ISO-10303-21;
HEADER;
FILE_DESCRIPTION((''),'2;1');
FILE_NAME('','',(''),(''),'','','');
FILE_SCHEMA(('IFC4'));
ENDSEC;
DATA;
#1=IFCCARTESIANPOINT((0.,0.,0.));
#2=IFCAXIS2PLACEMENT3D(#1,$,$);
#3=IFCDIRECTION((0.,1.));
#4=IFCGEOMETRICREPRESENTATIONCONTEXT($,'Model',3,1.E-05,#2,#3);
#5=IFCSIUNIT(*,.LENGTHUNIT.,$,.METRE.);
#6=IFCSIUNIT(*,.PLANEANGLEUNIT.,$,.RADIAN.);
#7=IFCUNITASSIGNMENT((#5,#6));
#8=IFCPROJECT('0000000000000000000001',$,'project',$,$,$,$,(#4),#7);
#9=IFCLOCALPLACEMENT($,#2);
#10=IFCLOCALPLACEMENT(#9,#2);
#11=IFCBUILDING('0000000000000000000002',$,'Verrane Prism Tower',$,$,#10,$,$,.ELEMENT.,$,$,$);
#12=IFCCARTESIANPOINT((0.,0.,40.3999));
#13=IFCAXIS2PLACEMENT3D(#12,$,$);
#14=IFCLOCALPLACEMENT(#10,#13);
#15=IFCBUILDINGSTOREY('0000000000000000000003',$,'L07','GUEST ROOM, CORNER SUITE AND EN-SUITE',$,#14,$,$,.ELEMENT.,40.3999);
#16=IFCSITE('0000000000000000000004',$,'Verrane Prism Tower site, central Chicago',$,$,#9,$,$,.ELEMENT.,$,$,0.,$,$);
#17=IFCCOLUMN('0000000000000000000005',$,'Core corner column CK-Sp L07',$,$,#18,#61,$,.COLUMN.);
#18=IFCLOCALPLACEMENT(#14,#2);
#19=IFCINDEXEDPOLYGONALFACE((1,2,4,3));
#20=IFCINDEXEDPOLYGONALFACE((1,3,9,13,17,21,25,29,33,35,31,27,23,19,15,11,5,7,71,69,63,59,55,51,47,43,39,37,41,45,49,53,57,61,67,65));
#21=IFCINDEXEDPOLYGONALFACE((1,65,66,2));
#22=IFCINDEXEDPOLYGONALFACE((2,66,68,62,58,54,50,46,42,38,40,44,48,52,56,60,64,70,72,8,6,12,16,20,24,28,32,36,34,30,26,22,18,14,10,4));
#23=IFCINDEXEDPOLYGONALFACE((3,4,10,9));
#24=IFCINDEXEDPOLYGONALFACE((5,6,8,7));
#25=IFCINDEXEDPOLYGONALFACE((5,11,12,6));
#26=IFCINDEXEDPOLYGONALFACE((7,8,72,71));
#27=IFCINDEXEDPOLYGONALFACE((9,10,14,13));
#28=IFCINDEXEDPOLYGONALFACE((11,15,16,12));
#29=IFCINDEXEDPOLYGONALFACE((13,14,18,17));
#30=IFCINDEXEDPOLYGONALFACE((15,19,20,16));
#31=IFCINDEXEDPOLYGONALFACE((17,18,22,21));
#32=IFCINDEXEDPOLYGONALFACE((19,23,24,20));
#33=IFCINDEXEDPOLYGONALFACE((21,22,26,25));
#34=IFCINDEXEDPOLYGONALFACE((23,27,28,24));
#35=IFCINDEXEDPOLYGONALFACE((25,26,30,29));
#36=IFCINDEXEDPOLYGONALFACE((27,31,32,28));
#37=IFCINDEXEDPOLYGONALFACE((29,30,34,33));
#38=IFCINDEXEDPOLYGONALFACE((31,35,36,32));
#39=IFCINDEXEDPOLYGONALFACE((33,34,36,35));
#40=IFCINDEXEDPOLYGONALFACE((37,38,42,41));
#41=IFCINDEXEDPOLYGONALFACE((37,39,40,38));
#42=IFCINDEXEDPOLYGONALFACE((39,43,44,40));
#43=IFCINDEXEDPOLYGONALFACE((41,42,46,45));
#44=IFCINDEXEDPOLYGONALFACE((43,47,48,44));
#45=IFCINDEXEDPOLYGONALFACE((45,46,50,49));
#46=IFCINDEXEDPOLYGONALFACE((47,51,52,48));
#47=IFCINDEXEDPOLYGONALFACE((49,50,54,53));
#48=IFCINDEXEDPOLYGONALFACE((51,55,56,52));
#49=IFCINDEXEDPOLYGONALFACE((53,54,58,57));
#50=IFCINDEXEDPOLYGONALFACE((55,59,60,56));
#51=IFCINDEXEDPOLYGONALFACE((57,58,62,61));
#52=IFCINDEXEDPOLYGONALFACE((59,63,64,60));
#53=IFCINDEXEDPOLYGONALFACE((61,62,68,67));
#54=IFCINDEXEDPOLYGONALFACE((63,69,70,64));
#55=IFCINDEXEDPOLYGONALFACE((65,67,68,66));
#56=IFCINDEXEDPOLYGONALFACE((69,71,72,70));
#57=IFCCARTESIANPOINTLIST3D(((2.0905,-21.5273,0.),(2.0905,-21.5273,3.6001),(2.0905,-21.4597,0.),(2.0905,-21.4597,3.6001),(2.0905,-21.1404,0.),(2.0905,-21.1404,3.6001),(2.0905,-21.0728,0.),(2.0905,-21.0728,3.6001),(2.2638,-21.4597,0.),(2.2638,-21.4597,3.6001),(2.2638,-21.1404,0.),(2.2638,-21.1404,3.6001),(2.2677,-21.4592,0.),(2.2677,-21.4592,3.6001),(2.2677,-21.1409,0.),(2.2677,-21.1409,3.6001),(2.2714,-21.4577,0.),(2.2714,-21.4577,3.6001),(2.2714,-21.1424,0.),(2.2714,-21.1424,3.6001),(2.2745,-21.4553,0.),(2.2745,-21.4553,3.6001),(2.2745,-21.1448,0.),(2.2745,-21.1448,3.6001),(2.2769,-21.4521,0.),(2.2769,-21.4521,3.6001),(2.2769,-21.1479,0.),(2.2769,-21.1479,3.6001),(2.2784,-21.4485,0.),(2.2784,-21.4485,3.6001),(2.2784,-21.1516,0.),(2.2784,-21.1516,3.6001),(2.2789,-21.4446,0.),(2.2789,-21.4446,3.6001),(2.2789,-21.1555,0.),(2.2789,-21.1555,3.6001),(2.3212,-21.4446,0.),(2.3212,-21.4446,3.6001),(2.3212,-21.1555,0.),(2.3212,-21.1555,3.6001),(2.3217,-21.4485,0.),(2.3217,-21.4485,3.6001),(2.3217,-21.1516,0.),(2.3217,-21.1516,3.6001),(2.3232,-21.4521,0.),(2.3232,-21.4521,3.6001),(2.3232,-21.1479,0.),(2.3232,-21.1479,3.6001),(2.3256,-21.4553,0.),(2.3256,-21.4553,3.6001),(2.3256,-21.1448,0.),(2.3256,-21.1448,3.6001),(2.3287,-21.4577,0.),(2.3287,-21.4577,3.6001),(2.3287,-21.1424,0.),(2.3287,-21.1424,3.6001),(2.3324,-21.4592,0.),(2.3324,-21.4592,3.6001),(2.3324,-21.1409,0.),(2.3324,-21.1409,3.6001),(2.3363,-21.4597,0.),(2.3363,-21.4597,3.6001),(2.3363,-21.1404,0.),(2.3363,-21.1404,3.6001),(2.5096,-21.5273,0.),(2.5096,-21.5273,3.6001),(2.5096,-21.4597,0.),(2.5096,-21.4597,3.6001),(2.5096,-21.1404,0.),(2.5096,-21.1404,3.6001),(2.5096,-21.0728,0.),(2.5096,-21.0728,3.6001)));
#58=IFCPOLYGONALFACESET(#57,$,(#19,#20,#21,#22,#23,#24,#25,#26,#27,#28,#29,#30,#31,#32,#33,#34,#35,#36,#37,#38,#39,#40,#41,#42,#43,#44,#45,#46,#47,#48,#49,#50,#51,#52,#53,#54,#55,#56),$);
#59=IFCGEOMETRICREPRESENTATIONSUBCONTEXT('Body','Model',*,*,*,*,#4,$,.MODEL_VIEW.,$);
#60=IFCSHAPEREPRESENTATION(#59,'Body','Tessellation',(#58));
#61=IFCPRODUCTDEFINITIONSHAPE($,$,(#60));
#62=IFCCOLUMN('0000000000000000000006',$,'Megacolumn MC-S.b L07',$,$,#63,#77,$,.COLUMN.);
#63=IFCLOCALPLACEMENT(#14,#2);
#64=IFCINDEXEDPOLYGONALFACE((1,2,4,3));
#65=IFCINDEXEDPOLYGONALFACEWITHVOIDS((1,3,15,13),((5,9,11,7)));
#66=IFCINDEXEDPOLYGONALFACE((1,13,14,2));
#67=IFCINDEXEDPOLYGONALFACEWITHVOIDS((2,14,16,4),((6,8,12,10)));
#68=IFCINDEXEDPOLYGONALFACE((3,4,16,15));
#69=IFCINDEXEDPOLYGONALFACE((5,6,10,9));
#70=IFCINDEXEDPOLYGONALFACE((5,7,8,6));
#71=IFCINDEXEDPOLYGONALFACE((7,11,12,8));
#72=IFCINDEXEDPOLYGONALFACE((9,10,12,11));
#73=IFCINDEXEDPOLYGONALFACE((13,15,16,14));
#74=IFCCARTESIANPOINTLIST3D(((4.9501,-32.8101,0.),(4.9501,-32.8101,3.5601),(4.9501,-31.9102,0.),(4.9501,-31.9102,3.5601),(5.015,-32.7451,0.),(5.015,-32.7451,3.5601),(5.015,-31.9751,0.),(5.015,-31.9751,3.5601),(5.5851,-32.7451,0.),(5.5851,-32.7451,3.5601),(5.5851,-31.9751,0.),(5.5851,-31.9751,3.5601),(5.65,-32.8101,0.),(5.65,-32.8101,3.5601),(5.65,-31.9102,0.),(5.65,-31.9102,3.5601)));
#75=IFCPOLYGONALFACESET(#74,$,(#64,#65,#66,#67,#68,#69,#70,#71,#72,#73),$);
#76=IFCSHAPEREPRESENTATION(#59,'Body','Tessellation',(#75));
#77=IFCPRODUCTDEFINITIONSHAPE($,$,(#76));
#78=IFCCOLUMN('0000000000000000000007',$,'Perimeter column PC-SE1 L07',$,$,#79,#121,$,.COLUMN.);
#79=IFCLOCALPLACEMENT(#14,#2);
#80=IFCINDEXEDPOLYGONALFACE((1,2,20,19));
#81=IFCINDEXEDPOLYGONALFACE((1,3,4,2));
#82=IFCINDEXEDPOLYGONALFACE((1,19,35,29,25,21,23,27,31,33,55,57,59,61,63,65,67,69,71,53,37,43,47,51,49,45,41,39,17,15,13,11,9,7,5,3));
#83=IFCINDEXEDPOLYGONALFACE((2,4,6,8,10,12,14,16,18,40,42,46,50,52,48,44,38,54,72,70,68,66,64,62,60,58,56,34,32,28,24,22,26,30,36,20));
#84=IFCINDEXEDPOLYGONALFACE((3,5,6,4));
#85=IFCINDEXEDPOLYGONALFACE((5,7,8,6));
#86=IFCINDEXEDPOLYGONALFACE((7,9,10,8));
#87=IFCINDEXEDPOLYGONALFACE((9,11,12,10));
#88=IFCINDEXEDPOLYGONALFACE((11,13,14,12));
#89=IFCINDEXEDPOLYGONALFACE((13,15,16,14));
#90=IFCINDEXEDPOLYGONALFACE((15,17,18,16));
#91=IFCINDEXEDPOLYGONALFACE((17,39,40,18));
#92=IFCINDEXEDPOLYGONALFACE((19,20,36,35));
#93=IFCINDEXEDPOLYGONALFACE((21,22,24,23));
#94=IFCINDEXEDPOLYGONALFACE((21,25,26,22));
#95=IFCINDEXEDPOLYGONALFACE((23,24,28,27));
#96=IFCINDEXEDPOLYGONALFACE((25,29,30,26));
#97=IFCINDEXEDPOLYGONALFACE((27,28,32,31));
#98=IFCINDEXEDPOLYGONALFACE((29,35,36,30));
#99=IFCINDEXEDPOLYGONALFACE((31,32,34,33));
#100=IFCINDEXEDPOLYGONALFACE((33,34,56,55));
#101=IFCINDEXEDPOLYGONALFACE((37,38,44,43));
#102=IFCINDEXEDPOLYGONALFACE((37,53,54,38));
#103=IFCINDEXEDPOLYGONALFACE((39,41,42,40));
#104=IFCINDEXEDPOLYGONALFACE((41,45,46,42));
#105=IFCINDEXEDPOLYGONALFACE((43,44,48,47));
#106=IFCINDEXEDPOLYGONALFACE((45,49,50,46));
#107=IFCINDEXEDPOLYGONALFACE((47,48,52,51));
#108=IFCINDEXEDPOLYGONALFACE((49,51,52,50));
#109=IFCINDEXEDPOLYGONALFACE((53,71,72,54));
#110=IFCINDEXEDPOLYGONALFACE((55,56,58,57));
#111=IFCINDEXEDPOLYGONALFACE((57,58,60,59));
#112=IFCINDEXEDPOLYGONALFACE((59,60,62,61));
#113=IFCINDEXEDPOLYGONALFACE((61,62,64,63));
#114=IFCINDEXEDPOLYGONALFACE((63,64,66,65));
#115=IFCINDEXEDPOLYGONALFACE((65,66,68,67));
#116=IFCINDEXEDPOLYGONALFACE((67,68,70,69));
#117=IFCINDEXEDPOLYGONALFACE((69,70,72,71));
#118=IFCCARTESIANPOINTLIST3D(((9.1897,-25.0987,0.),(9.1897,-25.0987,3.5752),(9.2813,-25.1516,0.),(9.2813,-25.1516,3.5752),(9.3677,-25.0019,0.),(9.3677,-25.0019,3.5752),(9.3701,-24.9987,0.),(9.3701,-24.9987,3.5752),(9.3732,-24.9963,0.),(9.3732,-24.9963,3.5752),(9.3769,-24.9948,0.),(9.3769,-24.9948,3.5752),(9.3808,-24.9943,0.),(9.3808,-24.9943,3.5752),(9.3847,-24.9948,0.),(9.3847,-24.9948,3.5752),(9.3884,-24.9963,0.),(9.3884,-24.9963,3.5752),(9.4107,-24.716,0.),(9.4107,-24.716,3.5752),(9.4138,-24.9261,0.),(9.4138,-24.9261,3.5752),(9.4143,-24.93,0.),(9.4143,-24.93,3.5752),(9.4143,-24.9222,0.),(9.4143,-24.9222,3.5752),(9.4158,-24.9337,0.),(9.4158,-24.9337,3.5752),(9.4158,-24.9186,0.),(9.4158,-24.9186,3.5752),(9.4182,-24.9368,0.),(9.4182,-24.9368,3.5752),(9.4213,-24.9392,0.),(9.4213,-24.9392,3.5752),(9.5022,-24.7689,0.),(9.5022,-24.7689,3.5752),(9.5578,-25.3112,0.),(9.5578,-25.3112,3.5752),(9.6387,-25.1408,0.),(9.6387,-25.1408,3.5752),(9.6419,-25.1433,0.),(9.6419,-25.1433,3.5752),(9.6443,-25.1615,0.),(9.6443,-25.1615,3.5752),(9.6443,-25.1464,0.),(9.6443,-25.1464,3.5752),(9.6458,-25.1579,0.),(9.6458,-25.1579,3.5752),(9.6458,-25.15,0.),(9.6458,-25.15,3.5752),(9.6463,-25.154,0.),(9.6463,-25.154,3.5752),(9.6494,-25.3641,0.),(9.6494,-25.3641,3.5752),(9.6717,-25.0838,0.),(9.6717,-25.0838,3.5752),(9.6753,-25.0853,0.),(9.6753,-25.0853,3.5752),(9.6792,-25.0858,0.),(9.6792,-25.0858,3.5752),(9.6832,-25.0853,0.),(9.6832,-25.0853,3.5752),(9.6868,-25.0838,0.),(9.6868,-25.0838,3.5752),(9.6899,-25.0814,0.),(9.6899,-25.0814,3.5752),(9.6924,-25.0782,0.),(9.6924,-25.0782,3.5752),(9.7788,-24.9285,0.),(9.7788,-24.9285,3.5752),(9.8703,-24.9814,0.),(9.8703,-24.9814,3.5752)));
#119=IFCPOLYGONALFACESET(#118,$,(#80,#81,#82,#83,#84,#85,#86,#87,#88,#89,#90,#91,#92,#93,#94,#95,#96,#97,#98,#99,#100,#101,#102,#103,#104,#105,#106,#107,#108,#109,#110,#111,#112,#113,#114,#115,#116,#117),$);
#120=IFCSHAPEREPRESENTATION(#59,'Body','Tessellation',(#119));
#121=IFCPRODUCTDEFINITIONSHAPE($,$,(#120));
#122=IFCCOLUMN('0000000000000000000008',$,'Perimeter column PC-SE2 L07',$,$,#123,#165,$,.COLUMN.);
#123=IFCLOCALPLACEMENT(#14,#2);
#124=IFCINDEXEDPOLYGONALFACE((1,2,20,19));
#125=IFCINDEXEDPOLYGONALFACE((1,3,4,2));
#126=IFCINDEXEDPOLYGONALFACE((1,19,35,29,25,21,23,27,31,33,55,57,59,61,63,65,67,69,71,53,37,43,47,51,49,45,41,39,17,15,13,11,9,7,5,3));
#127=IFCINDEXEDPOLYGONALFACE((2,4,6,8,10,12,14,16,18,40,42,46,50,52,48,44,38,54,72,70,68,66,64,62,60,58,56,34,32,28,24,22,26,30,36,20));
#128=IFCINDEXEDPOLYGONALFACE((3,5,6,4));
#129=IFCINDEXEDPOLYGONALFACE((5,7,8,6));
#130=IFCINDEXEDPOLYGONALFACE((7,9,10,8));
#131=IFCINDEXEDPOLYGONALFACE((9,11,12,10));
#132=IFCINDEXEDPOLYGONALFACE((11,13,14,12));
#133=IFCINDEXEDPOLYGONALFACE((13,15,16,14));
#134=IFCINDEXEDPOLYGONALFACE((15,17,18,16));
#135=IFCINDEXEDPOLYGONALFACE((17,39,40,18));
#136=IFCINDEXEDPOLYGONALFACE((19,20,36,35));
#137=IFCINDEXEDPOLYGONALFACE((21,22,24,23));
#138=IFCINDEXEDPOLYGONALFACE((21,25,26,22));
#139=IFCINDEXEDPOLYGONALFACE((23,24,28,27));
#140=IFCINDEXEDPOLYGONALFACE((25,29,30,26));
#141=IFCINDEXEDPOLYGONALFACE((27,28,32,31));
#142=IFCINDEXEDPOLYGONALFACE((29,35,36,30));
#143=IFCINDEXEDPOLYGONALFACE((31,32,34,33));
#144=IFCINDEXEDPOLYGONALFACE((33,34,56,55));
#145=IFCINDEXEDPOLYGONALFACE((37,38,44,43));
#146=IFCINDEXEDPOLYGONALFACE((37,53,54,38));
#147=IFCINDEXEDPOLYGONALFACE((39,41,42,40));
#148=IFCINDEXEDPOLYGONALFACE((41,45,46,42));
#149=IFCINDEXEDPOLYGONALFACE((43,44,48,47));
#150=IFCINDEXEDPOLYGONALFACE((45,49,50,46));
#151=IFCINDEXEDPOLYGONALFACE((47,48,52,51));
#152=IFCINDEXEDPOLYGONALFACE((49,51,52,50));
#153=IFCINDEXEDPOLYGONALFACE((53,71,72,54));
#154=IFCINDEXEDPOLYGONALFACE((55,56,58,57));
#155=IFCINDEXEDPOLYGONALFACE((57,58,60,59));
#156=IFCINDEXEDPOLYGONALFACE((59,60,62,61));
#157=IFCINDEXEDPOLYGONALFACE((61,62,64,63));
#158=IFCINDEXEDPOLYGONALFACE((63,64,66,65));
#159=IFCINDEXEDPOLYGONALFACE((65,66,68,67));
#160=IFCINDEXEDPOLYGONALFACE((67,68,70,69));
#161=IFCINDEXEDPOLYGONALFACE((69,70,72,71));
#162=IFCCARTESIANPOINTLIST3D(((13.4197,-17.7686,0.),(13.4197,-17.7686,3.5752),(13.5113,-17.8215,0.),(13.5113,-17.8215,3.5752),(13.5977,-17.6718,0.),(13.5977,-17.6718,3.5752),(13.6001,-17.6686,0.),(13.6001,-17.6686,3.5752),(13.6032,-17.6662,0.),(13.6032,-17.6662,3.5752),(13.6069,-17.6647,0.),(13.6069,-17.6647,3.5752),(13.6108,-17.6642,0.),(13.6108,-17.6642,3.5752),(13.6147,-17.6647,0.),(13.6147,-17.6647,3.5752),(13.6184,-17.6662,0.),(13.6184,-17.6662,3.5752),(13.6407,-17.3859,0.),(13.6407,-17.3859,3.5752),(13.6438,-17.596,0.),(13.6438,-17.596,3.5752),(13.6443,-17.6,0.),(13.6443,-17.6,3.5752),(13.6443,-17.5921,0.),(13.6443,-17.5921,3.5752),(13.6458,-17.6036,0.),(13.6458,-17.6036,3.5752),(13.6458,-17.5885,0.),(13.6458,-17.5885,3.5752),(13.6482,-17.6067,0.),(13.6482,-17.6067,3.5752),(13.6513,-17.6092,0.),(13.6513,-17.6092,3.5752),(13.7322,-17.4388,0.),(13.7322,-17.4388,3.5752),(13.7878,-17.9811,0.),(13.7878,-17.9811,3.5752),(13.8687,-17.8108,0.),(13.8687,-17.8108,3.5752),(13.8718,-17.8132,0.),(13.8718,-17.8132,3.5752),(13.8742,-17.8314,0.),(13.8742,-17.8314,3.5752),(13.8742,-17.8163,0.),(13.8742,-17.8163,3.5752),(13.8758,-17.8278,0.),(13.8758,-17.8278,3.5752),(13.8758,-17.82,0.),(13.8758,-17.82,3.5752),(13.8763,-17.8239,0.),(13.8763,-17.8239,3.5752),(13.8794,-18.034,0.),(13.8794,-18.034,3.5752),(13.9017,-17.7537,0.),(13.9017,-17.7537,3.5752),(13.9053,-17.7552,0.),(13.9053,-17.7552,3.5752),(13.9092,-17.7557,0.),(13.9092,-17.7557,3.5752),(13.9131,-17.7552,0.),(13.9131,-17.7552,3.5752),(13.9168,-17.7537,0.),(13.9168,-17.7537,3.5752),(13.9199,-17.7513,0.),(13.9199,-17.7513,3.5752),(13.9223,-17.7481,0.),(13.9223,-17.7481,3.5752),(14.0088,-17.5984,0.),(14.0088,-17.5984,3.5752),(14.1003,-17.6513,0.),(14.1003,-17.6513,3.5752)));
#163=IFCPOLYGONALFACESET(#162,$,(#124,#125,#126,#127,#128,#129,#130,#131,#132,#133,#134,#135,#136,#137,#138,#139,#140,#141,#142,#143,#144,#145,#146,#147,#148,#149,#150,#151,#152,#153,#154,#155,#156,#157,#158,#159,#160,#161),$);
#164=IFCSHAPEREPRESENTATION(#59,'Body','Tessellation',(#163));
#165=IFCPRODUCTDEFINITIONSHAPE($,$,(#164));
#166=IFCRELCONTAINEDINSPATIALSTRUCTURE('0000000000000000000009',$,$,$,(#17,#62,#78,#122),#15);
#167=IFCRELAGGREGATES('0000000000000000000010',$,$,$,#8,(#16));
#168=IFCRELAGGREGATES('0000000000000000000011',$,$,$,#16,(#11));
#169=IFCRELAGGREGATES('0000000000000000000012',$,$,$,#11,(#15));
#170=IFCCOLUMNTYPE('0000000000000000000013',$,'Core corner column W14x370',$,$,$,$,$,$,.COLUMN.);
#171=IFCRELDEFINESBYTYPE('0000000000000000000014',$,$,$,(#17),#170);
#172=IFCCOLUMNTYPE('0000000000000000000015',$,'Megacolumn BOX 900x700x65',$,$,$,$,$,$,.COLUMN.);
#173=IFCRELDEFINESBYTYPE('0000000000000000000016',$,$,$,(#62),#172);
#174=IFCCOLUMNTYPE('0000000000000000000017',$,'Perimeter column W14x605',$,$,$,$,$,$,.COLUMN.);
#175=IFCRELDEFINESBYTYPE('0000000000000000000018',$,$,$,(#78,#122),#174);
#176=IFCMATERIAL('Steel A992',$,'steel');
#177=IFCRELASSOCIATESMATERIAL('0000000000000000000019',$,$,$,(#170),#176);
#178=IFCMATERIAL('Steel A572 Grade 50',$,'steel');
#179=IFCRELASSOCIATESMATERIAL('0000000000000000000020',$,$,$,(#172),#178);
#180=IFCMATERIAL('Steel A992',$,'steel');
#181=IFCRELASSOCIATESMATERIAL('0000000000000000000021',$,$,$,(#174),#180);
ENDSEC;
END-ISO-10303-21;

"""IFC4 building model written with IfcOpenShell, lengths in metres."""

from ifc_helpers import new_model, si_unit, direction, frame, origin, origin_2d, place, context, subcontext, project, spatial, hollow_rectangle, i_section, extrude, material, material_profile, profile_set, type_object, element, save


model = new_model("IFC4")

# Units and contexts
model_context = context("Model", 3, precision=1e-05, world=origin(), true_north=direction((0.0, 1.0)))
body_context = subcontext(model_context, "Body", "Model", "MODEL_VIEW")
ifc_project = project(units=[si_unit("LENGTHUNIT", "METRE"), si_unit("PLANEANGLEUNIT", "RADIAN")], contexts=[model_context])

# Site, building, storey
site_placement = place(None, origin())
site = spatial("IfcSite", under=ifc_project, at=site_placement, Name="Verrane Prism Tower site, central Chicago", CompositionType="ELEMENT", RefElevation=0.0)
building_placement = place(site_placement, origin())
building = spatial("IfcBuilding", under=site, at=building_placement, Name="Verrane Prism Tower", CompositionType="ELEMENT")
storey_placement = place(building_placement, frame((0.0, 0.0, 40.3999)))
storey = spatial("IfcBuildingStorey", under=building, at=storey_placement, Name="L07", Description="GUEST ROOM, CORNER SUITE AND EN-SUITE", CompositionType="ELEMENT", Elevation=40.3999)

# Columns
ifc_material_1 = material(Name="Steel A992", Category="steel")
ifc_material_profile_1 = material_profile(ifc_material_1, i_section(OverallWidth=0.4192, OverallDepth=0.4546, WebThickness=0.0422, FlangeThickness=0.0676, FilletRadius=0.0151, at=origin_2d()), Name="W14x370")
ifc_profile_set_1 = profile_set([ifc_material_profile_1], Name="Steel A992")
column_type_1 = type_object("IfcColumnType", Name="Core corner column W14x370", PredefinedType="COLUMN", material=ifc_profile_set_1)
column_1_placement = place(storey_placement, frame((2.3, -21.3, 0.0), z_axis=(0.0, 0.0, 1.0), x_axis=(-1.0, 0.0, 0.0)))
element("IfcColumn", 1, at=column_1_placement, inside=storey, type_object=column_type_1, Name="Core corner column CK-Sp L07", PredefinedType="COLUMN", context=body_context, shape_type="SweptSolid", body=[
    extrude(i_section(OverallWidth=0.4192, OverallDepth=0.4546, WebThickness=0.0422, FlangeThickness=0.0676, FilletRadius=0.0151, at=origin_2d()), origin(), (0.0, 0.0, 1.0), 3.6001),
])
ifc_material_2 = material(Name="Steel A572 Grade 50", Category="steel")
ifc_material_profile_2 = material_profile(ifc_material_2, hollow_rectangle(XDim=0.7, YDim=0.8999, WallThickness=0.0649, at=origin_2d()), Name="BOX 900x700x65")
ifc_profile_set_2 = profile_set([ifc_material_profile_2], Name="Steel A572 Grade 50")
column_type_2 = type_object("IfcColumnType", Name="Megacolumn BOX 900x700x65", PredefinedType="COLUMN", material=ifc_profile_set_2)
column_2_placement = place(storey_placement, frame((5.3, -32.3601, 0.0), z_axis=(0.0, 0.0, 1.0), x_axis=(-1.0, 0.0, 0.0)))
element("IfcColumn", 2, at=column_2_placement, inside=storey, type_object=column_type_2, Name="Megacolumn MC-S.b L07", PredefinedType="COLUMN", context=body_context, shape_type="SweptSolid", body=[
    extrude(hollow_rectangle(XDim=0.7, YDim=0.8999, WallThickness=0.0649, at=origin_2d()), origin(), (0.0, 0.0, 1.0), 3.5601),
])
ifc_material_3 = material(Name="Steel A992", Category="steel")
ifc_material_profile_3 = material_profile(ifc_material_3, i_section(OverallWidth=0.4419, OverallDepth=0.5308, WebThickness=0.0659, FlangeThickness=0.1057, FilletRadius=0.0151, at=origin_2d()), Name="W14x605")
ifc_profile_set_3 = profile_set([ifc_material_profile_3], Name="Steel A992")
column_type_3 = type_object("IfcColumnType", Name="Perimeter column W14x605", PredefinedType="COLUMN", material=ifc_profile_set_3)
for number, where, z_axis, x_axis, name in (
    (3, (9.53, -25.04, 0.0), (0.0, 0.0, 1.0), (-0.5, -0.866025, 0.0), "Perimeter column PC-SE1 L07"),
    (4, (13.76, -17.71, 0.0), (0.0, 0.0, 1.0), (-0.5, -0.866025, 0.0), "Perimeter column PC-SE2 L07"),
):
    element("IfcColumn", number, at=place(storey_placement, frame(where, z_axis=z_axis, x_axis=x_axis)), inside=storey, type_object=column_type_3, Name=name, PredefinedType="COLUMN", context=body_context, shape_type="SweptSolid", body=[
        extrude(i_section(OverallWidth=0.4419, OverallDepth=0.5308, WebThickness=0.0659, FlangeThickness=0.1057, FilletRadius=0.0151, at=origin_2d()), origin(), (0.0, 0.0, 1.0), 3.5752),
    ])

save(model, "model.ifc")
